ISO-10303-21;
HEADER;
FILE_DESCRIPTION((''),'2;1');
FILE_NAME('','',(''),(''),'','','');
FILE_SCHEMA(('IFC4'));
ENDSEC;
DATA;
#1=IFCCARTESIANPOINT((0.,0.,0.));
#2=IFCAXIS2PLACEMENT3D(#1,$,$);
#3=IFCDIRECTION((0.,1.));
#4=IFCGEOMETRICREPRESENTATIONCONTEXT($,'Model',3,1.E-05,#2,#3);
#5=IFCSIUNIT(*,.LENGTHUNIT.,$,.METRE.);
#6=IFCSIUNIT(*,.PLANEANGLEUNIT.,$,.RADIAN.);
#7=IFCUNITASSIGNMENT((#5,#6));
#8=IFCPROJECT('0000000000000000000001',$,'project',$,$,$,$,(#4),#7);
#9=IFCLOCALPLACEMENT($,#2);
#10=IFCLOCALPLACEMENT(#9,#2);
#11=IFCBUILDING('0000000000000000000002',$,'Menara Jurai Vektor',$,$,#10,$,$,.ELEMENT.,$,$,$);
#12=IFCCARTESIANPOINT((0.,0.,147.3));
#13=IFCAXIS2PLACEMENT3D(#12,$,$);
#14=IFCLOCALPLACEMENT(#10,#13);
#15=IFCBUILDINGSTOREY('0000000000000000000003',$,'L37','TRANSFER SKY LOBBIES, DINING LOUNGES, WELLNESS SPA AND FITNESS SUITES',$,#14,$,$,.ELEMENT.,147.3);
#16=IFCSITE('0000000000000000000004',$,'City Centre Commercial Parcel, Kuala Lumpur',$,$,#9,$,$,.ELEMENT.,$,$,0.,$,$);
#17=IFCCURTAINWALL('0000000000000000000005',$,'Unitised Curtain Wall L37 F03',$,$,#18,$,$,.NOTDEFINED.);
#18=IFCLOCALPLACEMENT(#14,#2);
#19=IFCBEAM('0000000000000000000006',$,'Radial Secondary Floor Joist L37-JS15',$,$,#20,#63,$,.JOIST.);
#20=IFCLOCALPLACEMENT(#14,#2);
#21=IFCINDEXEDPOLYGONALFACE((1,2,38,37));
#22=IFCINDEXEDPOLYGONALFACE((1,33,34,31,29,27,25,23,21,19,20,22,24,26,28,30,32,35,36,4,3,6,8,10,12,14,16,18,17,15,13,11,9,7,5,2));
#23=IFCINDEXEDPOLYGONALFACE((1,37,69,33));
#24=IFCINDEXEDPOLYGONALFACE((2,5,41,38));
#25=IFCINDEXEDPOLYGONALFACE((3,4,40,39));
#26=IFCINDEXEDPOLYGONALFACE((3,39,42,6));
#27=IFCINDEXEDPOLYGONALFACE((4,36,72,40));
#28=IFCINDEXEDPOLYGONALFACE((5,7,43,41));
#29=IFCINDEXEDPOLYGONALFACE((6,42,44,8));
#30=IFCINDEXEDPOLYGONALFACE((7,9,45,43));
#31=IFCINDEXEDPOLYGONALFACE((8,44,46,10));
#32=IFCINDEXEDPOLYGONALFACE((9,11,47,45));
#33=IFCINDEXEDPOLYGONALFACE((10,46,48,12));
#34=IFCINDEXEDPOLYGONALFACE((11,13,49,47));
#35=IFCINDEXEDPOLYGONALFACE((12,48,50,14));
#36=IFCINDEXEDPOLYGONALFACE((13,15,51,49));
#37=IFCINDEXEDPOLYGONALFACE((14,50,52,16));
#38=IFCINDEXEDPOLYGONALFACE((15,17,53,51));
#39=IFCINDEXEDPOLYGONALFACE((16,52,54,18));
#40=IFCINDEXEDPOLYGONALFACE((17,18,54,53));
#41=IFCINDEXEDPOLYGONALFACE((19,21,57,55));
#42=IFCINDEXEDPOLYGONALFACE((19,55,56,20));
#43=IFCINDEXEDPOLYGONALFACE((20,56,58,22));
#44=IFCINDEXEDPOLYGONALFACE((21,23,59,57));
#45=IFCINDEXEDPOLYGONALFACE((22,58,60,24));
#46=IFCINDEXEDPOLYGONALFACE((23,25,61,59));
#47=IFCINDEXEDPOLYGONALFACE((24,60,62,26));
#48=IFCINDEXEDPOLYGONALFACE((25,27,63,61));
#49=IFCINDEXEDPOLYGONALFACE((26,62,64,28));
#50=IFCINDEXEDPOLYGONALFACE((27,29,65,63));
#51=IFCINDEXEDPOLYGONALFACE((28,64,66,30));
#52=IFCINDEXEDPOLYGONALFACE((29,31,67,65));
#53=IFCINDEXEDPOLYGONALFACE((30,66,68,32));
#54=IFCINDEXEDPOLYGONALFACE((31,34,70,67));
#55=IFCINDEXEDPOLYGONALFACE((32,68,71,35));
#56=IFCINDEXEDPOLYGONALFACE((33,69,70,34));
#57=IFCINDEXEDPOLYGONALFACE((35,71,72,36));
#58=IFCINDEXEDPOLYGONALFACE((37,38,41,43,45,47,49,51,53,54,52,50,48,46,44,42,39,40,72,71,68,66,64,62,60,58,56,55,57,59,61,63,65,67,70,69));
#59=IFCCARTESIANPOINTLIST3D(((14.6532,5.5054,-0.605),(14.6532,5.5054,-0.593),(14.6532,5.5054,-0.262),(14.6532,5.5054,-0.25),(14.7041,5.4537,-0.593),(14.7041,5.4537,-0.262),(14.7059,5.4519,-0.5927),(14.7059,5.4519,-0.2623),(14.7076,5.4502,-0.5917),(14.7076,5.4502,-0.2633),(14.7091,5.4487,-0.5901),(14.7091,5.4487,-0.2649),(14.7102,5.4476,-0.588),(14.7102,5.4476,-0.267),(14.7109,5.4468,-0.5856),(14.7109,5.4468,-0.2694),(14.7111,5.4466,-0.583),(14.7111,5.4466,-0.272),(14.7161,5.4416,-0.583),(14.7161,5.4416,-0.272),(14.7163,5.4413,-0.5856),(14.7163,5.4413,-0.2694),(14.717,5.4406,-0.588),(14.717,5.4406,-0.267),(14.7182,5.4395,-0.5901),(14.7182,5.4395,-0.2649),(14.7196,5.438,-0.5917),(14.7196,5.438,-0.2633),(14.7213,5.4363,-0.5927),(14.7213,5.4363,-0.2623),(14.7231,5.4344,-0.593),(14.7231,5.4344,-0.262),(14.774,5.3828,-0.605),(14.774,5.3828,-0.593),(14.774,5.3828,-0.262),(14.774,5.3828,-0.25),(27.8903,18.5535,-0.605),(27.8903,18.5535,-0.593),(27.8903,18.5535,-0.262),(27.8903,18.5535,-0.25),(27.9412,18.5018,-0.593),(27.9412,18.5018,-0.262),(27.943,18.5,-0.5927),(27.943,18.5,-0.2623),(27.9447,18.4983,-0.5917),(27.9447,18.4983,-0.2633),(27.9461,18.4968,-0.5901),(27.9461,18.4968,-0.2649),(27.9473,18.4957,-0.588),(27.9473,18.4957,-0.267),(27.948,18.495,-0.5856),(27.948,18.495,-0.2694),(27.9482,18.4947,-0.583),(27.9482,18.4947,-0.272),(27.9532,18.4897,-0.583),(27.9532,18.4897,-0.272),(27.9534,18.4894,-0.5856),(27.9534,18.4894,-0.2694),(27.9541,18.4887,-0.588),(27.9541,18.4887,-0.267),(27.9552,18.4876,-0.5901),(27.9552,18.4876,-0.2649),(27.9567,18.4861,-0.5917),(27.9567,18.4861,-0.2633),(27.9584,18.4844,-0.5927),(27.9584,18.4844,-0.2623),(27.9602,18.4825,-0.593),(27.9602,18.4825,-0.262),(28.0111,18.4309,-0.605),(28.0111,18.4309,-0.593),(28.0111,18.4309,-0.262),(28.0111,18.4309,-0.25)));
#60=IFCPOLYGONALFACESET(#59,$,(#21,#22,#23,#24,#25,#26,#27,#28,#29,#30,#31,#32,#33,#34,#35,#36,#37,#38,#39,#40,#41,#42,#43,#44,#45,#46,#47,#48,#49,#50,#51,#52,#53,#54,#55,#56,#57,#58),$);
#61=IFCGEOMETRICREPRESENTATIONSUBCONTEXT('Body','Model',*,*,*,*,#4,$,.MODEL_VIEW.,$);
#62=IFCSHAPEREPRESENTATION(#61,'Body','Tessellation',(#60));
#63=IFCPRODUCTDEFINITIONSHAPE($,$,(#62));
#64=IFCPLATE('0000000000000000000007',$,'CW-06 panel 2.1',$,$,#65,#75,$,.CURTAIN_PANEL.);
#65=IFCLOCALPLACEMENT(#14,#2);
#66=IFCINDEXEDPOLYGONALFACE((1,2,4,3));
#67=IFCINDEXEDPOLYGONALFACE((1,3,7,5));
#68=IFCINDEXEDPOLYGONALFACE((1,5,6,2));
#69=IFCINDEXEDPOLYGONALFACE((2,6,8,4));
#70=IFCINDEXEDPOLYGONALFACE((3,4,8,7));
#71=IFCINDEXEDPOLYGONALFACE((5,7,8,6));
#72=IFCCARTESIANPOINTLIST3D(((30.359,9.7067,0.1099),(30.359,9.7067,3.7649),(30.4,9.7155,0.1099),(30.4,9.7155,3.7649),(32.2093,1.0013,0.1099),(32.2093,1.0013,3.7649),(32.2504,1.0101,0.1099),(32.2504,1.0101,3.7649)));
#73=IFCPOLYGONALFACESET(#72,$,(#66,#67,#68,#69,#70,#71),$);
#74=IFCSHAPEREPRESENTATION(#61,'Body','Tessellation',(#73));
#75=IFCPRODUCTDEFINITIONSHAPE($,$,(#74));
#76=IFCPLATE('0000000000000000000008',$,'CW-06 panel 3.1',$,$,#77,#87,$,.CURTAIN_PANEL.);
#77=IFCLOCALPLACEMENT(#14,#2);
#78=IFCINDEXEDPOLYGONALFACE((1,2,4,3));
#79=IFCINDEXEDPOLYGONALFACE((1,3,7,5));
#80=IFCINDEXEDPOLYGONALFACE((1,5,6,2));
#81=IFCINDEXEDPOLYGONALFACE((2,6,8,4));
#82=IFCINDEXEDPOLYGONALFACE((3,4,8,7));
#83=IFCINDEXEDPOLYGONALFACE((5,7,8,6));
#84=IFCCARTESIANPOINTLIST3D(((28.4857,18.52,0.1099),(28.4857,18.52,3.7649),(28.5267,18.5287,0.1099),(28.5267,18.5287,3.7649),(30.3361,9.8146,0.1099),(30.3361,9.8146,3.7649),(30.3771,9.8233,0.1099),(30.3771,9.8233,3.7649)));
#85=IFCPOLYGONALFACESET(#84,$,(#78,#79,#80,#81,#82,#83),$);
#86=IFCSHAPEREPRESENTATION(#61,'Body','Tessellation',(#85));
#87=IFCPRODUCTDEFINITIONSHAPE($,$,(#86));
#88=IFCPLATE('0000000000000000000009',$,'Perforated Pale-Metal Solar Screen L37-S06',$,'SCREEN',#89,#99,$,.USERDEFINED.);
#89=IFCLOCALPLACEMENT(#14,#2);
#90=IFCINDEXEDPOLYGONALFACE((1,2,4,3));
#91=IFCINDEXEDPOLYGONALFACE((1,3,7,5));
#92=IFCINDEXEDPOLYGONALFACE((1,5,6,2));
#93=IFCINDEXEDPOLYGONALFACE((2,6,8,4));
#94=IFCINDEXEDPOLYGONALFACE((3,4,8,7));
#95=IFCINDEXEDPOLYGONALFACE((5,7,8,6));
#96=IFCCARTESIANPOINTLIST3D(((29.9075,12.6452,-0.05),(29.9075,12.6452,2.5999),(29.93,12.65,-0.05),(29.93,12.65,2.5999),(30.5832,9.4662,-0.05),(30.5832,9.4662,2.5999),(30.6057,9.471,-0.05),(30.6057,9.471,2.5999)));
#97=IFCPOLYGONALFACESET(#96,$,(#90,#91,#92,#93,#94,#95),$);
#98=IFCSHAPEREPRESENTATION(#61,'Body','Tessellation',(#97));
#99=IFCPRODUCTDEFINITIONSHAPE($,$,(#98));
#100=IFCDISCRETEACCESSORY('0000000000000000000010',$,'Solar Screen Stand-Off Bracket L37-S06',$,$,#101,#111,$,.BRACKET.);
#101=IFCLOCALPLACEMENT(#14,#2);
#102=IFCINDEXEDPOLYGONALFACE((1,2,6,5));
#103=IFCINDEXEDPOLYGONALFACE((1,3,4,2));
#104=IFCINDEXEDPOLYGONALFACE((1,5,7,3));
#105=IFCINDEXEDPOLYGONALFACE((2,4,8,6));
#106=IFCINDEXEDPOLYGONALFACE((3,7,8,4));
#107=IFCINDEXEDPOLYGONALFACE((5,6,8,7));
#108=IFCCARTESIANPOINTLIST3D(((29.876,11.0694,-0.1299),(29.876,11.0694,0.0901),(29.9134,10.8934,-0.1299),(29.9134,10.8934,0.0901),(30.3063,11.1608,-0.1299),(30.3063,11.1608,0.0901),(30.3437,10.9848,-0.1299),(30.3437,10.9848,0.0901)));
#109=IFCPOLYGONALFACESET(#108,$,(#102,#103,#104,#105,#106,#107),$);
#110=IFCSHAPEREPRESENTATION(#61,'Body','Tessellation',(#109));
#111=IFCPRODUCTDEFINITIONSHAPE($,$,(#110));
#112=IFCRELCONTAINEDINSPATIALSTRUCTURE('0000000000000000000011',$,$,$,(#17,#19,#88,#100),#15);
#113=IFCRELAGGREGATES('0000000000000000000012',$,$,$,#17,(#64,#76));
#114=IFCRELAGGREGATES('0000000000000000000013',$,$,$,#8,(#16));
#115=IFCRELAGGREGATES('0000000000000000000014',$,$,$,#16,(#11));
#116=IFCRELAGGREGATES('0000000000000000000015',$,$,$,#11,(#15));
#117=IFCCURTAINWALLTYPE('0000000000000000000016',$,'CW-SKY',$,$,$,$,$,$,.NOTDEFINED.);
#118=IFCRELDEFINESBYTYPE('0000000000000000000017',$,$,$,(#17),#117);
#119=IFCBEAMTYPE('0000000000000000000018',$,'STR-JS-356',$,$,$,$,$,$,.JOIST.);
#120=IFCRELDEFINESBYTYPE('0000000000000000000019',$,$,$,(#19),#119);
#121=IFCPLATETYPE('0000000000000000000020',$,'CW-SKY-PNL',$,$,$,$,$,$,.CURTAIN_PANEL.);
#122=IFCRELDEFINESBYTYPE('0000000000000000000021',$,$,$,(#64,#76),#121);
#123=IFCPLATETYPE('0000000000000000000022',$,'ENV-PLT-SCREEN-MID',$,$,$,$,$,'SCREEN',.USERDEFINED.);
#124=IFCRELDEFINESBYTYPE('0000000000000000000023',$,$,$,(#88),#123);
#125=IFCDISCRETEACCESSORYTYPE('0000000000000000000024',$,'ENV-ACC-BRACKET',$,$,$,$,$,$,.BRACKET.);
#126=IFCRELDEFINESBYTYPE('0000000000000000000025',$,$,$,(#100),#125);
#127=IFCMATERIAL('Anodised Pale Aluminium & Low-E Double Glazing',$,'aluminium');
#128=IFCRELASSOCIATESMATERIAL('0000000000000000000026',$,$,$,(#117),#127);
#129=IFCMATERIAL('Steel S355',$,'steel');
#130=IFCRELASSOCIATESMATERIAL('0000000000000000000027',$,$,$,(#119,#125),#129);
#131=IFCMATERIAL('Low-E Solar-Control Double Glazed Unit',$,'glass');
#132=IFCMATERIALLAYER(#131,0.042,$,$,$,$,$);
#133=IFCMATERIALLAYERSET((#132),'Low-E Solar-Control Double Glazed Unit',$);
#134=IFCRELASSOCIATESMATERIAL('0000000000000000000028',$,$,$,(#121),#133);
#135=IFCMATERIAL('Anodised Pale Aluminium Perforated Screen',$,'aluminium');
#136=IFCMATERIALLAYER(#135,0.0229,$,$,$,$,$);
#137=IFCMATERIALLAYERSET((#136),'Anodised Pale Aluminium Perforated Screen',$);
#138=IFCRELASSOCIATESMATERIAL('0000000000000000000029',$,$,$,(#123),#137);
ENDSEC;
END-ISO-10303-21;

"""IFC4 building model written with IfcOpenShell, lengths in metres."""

from ifc_helpers import new_model, si_unit, direction, frame, origin, origin_2d, place, context, subcontext, project, spatial, rectangle, i_section, extrude, material, layer, layer_set, material_profile, profile_set, type_object, element, aggregate, save


model = new_model("IFC4")

# Units and contexts
model_context = context("Model", 3, precision=1e-05, world=origin(), true_north=direction((0.0, 1.0)))
body_context = subcontext(model_context, "Body", "Model", "MODEL_VIEW")
ifc_project = project(units=[si_unit("LENGTHUNIT", "METRE"), si_unit("PLANEANGLEUNIT", "RADIAN")], contexts=[model_context])

# Site, building, storey
site_placement = place(None, origin())
site = spatial("IfcSite", under=ifc_project, at=site_placement, Name="City Centre Commercial Parcel, Kuala Lumpur", CompositionType="ELEMENT", RefElevation=0.0)
building_placement = place(site_placement, origin())
building = spatial("IfcBuilding", under=site, at=building_placement, Name="Menara Jurai Vektor", CompositionType="ELEMENT")
storey_placement = place(building_placement, frame((0.0, 0.0, 147.3)))
storey = spatial("IfcBuildingStorey", under=building, at=storey_placement, Name="L37", Description="TRANSFER SKY LOBBIES, DINING LOUNGES, WELLNESS SPA AND FITNESS SUITES", CompositionType="ELEMENT", Elevation=147.3)

# Curtain wall
ifc_material_1 = material(Name="Anodised Pale Aluminium & Low-E Double Glazing", Category="aluminium")
curtain_wall_type = type_object("IfcCurtainWallType", Name="CW-SKY", PredefinedType="NOTDEFINED", material=ifc_material_1)
curtain_wall_placement = place(storey_placement, origin())
curtain_wall = element("IfcCurtainWall", 1, at=curtain_wall_placement, inside=storey, type_object=curtain_wall_type, Name="Unitised Curtain Wall L37 F03", PredefinedType="NOTDEFINED")

# Beam
ifc_material_2 = material(Name="Steel S355", Category="steel")
ifc_material_profile_1 = material_profile(ifc_material_2, i_section(OverallWidth=0.1721, OverallDepth=0.355, WebThickness=0.0071, FlangeThickness=0.012, FilletRadius=0.01, at=origin_2d()), Name="UKB 356x171x51")
ifc_profile_set_1 = profile_set([ifc_material_profile_1], Name="Steel S355")
beam_type_1 = type_object("IfcBeamType", Name="STR-JS-356", PredefinedType="JOIST", material=ifc_profile_set_1)
beam_1_placement = place(storey_placement, frame((27.9507, 18.4922, -0.4275), z_axis=(-0.712172, -0.702005, 0.0), x_axis=(0.702005, -0.712172, 0.0)))
element("IfcBeam", 2, at=beam_1_placement, inside=storey, type_object=beam_type_1, Name="Radial Secondary Floor Joist L37-JS15", PredefinedType="JOIST", context=body_context, shape_type="SweptSolid", body=[
    extrude(i_section(OverallWidth=0.1721, OverallDepth=0.355, WebThickness=0.0071, FlangeThickness=0.012, FilletRadius=0.01, at=origin_2d()), origin(), (0.0, 0.0, 1.0), 18.5869),
])

# Plates
ifc_material_3 = material(Name="Low-E Solar-Control Double Glazed Unit", Category="glass")
ifc_layer_1 = layer(ifc_material_3, 0.042)
ifc_layer_set_1 = layer_set([ifc_layer_1], Name="Low-E Solar-Control Double Glazed Unit")
plate_type_1 = type_object("IfcPlateType", Name="CW-SKY-PNL", PredefinedType="CURTAIN_PANEL", material=ifc_layer_set_1)
plate_1_placement = place(storey_placement, frame((31.3047, 5.3584, 0.1099), z_axis=(0.0, 0.0, 1.0), x_axis=(-0.20791, 0.978148, 0.0)))
plate_1 = element("IfcPlate", 3, at=plate_1_placement, type_object=plate_type_1, Name="CW-06 panel 2.1", PredefinedType="CURTAIN_PANEL", context=body_context, shape_type="SweptSolid", body=[
    extrude(rectangle(XDim=8.8999, YDim=0.042, at=origin_2d()), origin(), (0.0, 0.0, 1.0), 3.655),
])
plate_2_placement = place(storey_placement, frame((29.4314, 14.1716, 0.1099), z_axis=(0.0, 0.0, 1.0), x_axis=(-0.20791, 0.978148, 0.0)))
plate_2 = element("IfcPlate", 4, at=plate_2_placement, type_object=plate_type_1, Name="CW-06 panel 3.1", PredefinedType="CURTAIN_PANEL", context=body_context, shape_type="SweptSolid", body=[
    extrude(rectangle(XDim=8.8999, YDim=0.042, at=origin_2d()), origin(), (0.0, 0.0, 1.0), 3.655),
])
aggregate(curtain_wall, [plate_1, plate_2])
ifc_material_4 = material(Name="Anodised Pale Aluminium Perforated Screen", Category="aluminium")
ifc_layer_2 = layer(ifc_material_4, 0.0229)
ifc_layer_set_2 = layer_set([ifc_layer_2], Name="Anodised Pale Aluminium Perforated Screen")
plate_type_2 = type_object("IfcPlateType", Name="ENV-PLT-SCREEN-MID", ElementType="SCREEN", PredefinedType="USERDEFINED", material=ifc_layer_set_2)
plate_3_placement = place(storey_placement, frame((30.2566, 11.0581, -0.05), z_axis=(0.0, 0.0, 1.0), x_axis=(-0.207912, 0.978148, 0.0)))
element("IfcPlate", 5, at=plate_3_placement, inside=storey, type_object=plate_type_2, Name="Perforated Pale-Metal Solar Screen L37-S06", ObjectType="SCREEN", PredefinedType="USERDEFINED", context=body_context, shape_type="SweptSolid", body=[
    extrude(rectangle(XDim=3.25, YDim=0.0229, at=origin_2d()), origin(), (0.0, 0.0, 1.0), 2.6499),
])

# Discrete accessory
discrete_accessory_type = type_object("IfcDiscreteAccessoryType", Name="ENV-ACC-BRACKET", PredefinedType="BRACKET", material=ifc_material_2)
discrete_accessory_placement = place(storey_placement, frame((30.1099, 11.0271, -0.1299), z_axis=(0.0, 0.0, 1.0), x_axis=(-0.207912, 0.978148, 0.0)))
element("IfcDiscreteAccessory", 6, at=discrete_accessory_placement, inside=storey, type_object=discrete_accessory_type, Name="Solar Screen Stand-Off Bracket L37-S06", PredefinedType="BRACKET", context=body_context, shape_type="SweptSolid", body=[
    extrude(rectangle(XDim=0.1799, YDim=0.4399, at=origin_2d()), origin(), (0.0, 0.0, 1.0), 0.22),
])

save(model, "model.ifc")
